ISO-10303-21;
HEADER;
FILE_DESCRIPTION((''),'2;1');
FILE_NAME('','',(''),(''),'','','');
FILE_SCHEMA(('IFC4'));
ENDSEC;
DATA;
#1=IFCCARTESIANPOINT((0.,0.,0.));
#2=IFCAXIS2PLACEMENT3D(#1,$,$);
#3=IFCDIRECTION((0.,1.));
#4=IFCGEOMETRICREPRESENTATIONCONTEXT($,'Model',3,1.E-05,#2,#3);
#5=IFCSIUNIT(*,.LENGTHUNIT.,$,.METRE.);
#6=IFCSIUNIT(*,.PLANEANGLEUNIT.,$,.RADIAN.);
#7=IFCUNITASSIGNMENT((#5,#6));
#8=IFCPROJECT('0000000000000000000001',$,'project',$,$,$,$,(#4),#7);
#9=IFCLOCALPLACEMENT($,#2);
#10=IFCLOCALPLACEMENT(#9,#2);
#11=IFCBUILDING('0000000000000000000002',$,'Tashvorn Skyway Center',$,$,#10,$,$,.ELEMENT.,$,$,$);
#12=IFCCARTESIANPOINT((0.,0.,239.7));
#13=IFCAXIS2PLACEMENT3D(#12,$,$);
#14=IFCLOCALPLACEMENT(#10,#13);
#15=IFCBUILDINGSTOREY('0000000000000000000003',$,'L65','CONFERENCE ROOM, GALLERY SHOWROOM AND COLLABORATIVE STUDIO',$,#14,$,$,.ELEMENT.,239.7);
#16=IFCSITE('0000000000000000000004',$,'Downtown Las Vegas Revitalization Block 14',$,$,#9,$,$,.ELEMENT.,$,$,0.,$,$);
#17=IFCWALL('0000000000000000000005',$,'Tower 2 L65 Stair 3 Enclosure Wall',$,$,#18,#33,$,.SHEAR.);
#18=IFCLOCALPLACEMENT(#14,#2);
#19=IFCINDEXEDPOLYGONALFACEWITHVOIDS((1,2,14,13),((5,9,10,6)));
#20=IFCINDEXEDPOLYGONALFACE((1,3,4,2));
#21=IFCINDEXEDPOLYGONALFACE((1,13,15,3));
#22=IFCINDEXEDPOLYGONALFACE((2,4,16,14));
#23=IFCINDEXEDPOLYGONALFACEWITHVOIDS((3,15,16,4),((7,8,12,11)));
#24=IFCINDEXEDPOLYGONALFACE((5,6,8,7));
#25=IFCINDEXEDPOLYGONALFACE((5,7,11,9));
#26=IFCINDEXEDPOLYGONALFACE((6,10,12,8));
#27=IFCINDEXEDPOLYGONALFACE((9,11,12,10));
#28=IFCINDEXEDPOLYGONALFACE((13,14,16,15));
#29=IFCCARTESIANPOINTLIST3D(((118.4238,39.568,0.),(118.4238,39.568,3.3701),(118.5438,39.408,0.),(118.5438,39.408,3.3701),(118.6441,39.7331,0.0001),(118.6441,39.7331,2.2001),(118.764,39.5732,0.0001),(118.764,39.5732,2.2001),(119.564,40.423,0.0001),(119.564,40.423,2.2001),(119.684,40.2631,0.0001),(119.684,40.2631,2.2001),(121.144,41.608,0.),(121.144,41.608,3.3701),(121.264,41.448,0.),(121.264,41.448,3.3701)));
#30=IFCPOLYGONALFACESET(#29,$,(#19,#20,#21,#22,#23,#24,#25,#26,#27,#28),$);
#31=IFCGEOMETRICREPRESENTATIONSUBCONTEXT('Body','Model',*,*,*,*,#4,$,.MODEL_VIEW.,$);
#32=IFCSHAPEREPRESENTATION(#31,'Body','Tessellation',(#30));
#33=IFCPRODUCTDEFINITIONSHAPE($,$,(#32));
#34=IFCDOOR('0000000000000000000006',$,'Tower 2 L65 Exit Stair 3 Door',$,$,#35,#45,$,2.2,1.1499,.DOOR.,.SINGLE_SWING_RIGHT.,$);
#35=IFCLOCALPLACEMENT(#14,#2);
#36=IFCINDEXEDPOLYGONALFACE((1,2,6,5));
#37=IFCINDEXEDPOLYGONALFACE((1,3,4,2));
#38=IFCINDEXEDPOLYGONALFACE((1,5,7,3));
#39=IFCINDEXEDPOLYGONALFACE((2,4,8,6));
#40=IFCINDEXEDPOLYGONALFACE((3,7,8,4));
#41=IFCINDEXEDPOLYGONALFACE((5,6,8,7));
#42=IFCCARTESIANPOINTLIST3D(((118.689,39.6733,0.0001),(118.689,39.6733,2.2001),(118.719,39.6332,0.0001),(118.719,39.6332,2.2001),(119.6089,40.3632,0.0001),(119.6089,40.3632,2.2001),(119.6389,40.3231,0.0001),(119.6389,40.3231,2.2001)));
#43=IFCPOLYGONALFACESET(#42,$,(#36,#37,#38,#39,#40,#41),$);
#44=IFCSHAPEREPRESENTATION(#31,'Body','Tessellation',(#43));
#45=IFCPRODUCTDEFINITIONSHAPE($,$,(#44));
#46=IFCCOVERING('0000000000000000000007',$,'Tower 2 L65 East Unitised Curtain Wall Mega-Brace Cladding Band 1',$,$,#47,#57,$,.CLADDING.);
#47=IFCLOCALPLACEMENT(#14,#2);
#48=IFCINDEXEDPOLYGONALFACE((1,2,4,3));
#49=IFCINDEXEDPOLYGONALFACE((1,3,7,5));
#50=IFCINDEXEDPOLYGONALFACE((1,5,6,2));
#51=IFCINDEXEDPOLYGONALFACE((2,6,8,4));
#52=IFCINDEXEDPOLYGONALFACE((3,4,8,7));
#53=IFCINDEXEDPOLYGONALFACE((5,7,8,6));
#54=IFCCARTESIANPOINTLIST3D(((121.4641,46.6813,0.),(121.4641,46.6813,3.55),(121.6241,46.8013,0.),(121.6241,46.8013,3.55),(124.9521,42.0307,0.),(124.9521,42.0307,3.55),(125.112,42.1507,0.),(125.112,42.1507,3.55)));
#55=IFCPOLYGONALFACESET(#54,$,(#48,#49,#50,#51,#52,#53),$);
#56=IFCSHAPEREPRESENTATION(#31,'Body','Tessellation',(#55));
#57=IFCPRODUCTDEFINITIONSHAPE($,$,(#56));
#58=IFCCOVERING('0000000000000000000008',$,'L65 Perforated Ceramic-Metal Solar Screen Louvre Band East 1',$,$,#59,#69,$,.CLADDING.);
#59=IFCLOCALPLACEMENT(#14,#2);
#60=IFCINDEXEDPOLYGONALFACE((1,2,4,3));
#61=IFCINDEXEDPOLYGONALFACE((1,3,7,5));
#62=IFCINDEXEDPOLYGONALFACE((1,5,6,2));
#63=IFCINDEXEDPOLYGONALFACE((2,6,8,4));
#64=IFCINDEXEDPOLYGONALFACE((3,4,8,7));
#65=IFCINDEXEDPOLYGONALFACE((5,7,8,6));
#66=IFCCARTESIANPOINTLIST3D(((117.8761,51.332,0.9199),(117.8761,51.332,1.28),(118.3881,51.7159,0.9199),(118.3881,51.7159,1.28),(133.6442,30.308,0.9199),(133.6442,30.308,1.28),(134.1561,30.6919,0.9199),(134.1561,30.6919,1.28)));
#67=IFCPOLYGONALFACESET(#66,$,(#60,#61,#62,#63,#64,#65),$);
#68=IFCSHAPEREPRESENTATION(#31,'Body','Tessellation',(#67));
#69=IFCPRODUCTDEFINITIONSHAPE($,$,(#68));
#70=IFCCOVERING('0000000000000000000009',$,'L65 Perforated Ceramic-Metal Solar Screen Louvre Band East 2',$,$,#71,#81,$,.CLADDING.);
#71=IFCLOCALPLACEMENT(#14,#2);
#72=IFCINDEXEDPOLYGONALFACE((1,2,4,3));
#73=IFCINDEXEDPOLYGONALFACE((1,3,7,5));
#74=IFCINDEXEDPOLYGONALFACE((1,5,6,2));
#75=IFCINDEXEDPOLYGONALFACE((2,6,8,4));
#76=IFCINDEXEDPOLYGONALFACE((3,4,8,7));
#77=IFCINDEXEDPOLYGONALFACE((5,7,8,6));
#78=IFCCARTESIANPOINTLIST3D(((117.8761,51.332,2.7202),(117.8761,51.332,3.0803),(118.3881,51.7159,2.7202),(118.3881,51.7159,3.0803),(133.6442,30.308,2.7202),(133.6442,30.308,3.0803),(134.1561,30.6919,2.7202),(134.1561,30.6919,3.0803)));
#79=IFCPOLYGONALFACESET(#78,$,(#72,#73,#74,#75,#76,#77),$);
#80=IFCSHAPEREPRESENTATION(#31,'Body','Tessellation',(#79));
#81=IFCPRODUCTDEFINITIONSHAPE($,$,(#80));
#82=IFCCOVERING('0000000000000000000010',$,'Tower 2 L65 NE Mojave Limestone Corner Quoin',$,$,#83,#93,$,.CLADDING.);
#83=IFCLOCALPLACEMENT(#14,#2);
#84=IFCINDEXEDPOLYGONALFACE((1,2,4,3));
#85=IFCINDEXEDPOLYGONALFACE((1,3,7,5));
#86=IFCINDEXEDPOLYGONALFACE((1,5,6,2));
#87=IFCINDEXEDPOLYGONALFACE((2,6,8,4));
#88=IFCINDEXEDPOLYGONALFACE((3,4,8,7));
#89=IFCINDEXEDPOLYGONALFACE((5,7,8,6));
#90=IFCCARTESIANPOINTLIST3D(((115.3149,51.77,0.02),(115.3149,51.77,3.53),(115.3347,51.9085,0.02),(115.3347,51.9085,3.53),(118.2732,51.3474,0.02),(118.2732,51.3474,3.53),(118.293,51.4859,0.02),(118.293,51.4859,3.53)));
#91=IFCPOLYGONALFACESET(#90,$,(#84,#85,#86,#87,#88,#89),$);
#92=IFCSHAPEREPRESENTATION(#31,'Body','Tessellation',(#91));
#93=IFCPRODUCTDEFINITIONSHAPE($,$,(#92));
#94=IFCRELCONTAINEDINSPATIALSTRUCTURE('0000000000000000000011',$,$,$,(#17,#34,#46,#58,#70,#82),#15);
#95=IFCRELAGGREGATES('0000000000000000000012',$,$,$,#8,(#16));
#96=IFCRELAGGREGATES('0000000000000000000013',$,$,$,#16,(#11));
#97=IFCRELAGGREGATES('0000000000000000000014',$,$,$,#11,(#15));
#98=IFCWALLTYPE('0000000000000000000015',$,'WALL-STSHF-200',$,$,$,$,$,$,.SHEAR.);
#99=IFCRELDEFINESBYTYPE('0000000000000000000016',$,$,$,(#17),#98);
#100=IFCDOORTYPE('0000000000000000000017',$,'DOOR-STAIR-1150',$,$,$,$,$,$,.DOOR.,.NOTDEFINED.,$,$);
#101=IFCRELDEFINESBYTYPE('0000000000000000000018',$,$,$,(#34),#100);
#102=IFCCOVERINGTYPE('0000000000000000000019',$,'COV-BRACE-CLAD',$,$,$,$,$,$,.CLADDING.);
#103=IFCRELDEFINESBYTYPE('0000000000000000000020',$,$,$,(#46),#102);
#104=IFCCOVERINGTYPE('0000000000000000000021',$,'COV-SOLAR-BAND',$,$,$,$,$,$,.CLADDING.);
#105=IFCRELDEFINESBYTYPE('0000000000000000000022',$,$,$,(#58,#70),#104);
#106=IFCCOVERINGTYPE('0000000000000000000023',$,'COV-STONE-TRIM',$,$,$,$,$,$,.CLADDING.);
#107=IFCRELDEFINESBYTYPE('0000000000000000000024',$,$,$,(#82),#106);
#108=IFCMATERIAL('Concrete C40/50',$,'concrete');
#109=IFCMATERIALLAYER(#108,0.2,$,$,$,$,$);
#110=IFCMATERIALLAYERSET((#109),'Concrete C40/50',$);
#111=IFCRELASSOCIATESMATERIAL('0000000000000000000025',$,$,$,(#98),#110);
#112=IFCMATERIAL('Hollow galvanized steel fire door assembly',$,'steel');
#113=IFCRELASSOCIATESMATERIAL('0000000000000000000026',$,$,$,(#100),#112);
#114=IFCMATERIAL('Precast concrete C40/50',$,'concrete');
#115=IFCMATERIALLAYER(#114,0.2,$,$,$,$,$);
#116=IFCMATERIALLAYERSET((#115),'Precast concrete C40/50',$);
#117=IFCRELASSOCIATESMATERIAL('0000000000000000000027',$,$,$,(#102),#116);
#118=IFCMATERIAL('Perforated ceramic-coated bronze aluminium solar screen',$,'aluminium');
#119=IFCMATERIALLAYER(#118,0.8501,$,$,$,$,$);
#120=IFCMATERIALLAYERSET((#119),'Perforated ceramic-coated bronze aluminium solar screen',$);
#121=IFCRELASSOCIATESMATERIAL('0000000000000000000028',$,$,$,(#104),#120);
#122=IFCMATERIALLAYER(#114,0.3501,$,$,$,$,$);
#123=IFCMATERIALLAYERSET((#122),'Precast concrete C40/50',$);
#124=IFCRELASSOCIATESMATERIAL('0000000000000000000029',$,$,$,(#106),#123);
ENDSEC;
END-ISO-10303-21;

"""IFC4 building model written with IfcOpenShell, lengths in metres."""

from ifc_helpers import new_model, si_unit, direction, frame, frame_2d, origin, origin_2d, place, context, subcontext, project, spatial, rectangle, extrude, material, layer, layer_set, type_object, element, fill, save


model = new_model("IFC4")

# Units and contexts
model_context = context("Model", 3, precision=1e-05, world=origin(), true_north=direction((0.0, 1.0)))
body_context = subcontext(model_context, "Body", "Model", "MODEL_VIEW")
ifc_project = project(units=[si_unit("LENGTHUNIT", "METRE"), si_unit("PLANEANGLEUNIT", "RADIAN")], contexts=[model_context])

# Site, building, storey
site_placement = place(None, origin())
site = spatial("IfcSite", under=ifc_project, at=site_placement, Name="Downtown Las Vegas Revitalization Block 14", CompositionType="ELEMENT", RefElevation=0.0)
building_placement = place(site_placement, origin())
building = spatial("IfcBuilding", under=site, at=building_placement, Name="Tashvorn Skyway Center", CompositionType="ELEMENT")
storey_placement = place(building_placement, frame((0.0, 0.0, 239.7)))
storey = spatial("IfcBuildingStorey", under=building, at=storey_placement, Name="L65", Description="CONFERENCE ROOM, GALLERY SHOWROOM AND COLLABORATIVE STUDIO", CompositionType="ELEMENT", Elevation=239.7)

# Shared definitions
ifc_material_1 = material(Name="Precast concrete C40/50", Category="concrete")

# Wall, opening, door
ifc_material_2 = material(Name="Concrete C40/50", Category="concrete")
ifc_layer_1 = layer(ifc_material_2, 0.2)
ifc_layer_set_1 = layer_set([ifc_layer_1], Name="Concrete C40/50")
wall_type_1 = type_object("IfcWallType", Name="WALL-STSHF-200", PredefinedType="SHEAR", material=ifc_layer_set_1)
wall_1_placement = place(storey_placement, frame((121.2041, 41.5281, 0.0), z_axis=(0.0, 0.0, 1.0), x_axis=(-0.800017, -0.599977, 0.0)))
wall_1 = element("IfcWall", 1, at=wall_1_placement, inside=storey, type_object=wall_type_1, Name="Tower 2 L65 Stair 3 Enclosure Wall", PredefinedType="SHEAR", context=body_context, shape_type="SweptSolid", body=[
    extrude(rectangle(XDim=3.4001, YDim=0.2, at=frame_2d((1.7002, 0.0))), origin(), (0.0, 0.0, 1.0), 3.3701),
])
opening_1_placement = place(wall_1_placement, frame((1.9751, 0.0, 0.0)))
opening_1 = element("IfcOpeningElement", 2, at=opening_1_placement, cuts=wall_1, PredefinedType="OPENING", context=body_context, shape_type="SweptSolid", body=[
    extrude(rectangle(XDim=1.1499, YDim=2.2, at=frame_2d((0.575, 1.1001))), frame((0.0, 0.1099, 0.0), z_axis=(0.0, -1.0, 0.0), x_axis=(1.0, 0.0, 0.0)), (0.0, 0.0, 1.0), 0.22),
])
ifc_material_3 = material(Name="Hollow galvanized steel fire door assembly", Category="steel")
door_type_1 = type_object("IfcDoorType", Name="DOOR-STAIR-1150", OperationType="NOTDEFINED", PredefinedType="DOOR", material=ifc_material_3)
door_1_placement = place(opening_1_placement, origin())
door_1 = element("IfcDoor", 3, at=door_1_placement, inside=storey, type_object=door_type_1, Name="Tower 2 L65 Exit Stair 3 Door", OperationType="SINGLE_SWING_RIGHT", OverallHeight=2.2, OverallWidth=1.1499, PredefinedType="DOOR", context=body_context, shape_type="SweptSolid", body=[
    extrude(rectangle(XDim=1.1499, YDim=2.2, at=frame_2d((0.575, 1.1001))), frame((0.0, 0.0249, 0.0), z_axis=(0.0, -1.0, 0.0), x_axis=(1.0, 0.0, 0.0)), (0.0, 0.0, 1.0), 0.05),
])
fill(opening_1, door_1)

# Coverings
ifc_layer_2 = layer(ifc_material_1, 0.2)
ifc_layer_set_2 = layer_set([ifc_layer_2], Name="Precast concrete C40/50")
covering_type_1 = type_object("IfcCoveringType", Name="COV-BRACE-CLAD", PredefinedType="CLADDING", material=ifc_layer_set_2)
covering_1_placement = place(storey_placement, frame((123.2881, 44.416, 0.0), z_axis=(0.0, 0.0, 1.0), x_axis=(0.6, -0.8, 0.0)))
element("IfcCovering", 4, at=covering_1_placement, inside=storey, type_object=covering_type_1, Name="Tower 2 L65 East Unitised Curtain Wall Mega-Brace Cladding Band 1", PredefinedType="CLADDING", context=body_context, shape_type="SweptSolid", body=[
    extrude(rectangle(XDim=5.8132, YDim=0.2, at=origin_2d()), origin(), (0.0, 0.0, 1.0), 3.55),
])
ifc_material_4 = material(Name="Perforated ceramic-coated bronze aluminium solar screen", Category="aluminium")
ifc_layer_3 = layer(ifc_material_4, 0.8501)
ifc_layer_set_3 = layer_set([ifc_layer_3], Name="Perforated ceramic-coated bronze aluminium solar screen")
covering_type_2 = type_object("IfcCoveringType", Name="COV-SOLAR-BAND", PredefinedType="CLADDING", material=ifc_layer_set_3)
for number, where, z_axis, x_axis, name in (
    (5, (126.0161, 41.012, 0.9199), (0.0, 0.0, 1.0), (0.6, -0.8, 0.0), "L65 Perforated Ceramic-Metal Solar Screen Louvre Band East 1"),
    (6, (126.0161, 41.012, 2.7202), (0.0, 0.0, 1.0), (0.6, -0.8, 0.0), "L65 Perforated Ceramic-Metal Solar Screen Louvre Band East 2"),
):
    element("IfcCovering", number, at=place(storey_placement, frame(where, z_axis=z_axis, x_axis=x_axis)), inside=storey, type_object=covering_type_2, Name=name, PredefinedType="CLADDING", context=body_context, shape_type="SweptSolid", body=[
        extrude(rectangle(XDim=26.28, YDim=0.6399, at=origin_2d()), origin(), (0.0, 0.0, 1.0), 0.3601),
    ])
ifc_layer_4 = layer(ifc_material_1, 0.3501)
ifc_layer_set_4 = layer_set([ifc_layer_4], Name="Precast concrete C40/50")
covering_type_3 = type_object("IfcCoveringType", Name="COV-STONE-TRIM", PredefinedType="CLADDING", material=ifc_layer_set_4)
covering_2_placement = place(storey_placement, frame((116.804, 51.6279, 0.02), z_axis=(0.0, 0.0, 1.0), x_axis=(0.989949, -0.141421, 0.0)))
element("IfcCovering", 7, at=covering_2_placement, inside=storey, type_object=covering_type_3, Name="Tower 2 L65 NE Mojave Limestone Corner Quoin", PredefinedType="CLADDING", context=body_context, shape_type="SweptSolid", body=[
    extrude(rectangle(XDim=2.9883, YDim=0.1399, at=origin_2d()), origin(), (0.0, 0.0, 1.0), 3.51),
])

save(model, "model.ifc")
